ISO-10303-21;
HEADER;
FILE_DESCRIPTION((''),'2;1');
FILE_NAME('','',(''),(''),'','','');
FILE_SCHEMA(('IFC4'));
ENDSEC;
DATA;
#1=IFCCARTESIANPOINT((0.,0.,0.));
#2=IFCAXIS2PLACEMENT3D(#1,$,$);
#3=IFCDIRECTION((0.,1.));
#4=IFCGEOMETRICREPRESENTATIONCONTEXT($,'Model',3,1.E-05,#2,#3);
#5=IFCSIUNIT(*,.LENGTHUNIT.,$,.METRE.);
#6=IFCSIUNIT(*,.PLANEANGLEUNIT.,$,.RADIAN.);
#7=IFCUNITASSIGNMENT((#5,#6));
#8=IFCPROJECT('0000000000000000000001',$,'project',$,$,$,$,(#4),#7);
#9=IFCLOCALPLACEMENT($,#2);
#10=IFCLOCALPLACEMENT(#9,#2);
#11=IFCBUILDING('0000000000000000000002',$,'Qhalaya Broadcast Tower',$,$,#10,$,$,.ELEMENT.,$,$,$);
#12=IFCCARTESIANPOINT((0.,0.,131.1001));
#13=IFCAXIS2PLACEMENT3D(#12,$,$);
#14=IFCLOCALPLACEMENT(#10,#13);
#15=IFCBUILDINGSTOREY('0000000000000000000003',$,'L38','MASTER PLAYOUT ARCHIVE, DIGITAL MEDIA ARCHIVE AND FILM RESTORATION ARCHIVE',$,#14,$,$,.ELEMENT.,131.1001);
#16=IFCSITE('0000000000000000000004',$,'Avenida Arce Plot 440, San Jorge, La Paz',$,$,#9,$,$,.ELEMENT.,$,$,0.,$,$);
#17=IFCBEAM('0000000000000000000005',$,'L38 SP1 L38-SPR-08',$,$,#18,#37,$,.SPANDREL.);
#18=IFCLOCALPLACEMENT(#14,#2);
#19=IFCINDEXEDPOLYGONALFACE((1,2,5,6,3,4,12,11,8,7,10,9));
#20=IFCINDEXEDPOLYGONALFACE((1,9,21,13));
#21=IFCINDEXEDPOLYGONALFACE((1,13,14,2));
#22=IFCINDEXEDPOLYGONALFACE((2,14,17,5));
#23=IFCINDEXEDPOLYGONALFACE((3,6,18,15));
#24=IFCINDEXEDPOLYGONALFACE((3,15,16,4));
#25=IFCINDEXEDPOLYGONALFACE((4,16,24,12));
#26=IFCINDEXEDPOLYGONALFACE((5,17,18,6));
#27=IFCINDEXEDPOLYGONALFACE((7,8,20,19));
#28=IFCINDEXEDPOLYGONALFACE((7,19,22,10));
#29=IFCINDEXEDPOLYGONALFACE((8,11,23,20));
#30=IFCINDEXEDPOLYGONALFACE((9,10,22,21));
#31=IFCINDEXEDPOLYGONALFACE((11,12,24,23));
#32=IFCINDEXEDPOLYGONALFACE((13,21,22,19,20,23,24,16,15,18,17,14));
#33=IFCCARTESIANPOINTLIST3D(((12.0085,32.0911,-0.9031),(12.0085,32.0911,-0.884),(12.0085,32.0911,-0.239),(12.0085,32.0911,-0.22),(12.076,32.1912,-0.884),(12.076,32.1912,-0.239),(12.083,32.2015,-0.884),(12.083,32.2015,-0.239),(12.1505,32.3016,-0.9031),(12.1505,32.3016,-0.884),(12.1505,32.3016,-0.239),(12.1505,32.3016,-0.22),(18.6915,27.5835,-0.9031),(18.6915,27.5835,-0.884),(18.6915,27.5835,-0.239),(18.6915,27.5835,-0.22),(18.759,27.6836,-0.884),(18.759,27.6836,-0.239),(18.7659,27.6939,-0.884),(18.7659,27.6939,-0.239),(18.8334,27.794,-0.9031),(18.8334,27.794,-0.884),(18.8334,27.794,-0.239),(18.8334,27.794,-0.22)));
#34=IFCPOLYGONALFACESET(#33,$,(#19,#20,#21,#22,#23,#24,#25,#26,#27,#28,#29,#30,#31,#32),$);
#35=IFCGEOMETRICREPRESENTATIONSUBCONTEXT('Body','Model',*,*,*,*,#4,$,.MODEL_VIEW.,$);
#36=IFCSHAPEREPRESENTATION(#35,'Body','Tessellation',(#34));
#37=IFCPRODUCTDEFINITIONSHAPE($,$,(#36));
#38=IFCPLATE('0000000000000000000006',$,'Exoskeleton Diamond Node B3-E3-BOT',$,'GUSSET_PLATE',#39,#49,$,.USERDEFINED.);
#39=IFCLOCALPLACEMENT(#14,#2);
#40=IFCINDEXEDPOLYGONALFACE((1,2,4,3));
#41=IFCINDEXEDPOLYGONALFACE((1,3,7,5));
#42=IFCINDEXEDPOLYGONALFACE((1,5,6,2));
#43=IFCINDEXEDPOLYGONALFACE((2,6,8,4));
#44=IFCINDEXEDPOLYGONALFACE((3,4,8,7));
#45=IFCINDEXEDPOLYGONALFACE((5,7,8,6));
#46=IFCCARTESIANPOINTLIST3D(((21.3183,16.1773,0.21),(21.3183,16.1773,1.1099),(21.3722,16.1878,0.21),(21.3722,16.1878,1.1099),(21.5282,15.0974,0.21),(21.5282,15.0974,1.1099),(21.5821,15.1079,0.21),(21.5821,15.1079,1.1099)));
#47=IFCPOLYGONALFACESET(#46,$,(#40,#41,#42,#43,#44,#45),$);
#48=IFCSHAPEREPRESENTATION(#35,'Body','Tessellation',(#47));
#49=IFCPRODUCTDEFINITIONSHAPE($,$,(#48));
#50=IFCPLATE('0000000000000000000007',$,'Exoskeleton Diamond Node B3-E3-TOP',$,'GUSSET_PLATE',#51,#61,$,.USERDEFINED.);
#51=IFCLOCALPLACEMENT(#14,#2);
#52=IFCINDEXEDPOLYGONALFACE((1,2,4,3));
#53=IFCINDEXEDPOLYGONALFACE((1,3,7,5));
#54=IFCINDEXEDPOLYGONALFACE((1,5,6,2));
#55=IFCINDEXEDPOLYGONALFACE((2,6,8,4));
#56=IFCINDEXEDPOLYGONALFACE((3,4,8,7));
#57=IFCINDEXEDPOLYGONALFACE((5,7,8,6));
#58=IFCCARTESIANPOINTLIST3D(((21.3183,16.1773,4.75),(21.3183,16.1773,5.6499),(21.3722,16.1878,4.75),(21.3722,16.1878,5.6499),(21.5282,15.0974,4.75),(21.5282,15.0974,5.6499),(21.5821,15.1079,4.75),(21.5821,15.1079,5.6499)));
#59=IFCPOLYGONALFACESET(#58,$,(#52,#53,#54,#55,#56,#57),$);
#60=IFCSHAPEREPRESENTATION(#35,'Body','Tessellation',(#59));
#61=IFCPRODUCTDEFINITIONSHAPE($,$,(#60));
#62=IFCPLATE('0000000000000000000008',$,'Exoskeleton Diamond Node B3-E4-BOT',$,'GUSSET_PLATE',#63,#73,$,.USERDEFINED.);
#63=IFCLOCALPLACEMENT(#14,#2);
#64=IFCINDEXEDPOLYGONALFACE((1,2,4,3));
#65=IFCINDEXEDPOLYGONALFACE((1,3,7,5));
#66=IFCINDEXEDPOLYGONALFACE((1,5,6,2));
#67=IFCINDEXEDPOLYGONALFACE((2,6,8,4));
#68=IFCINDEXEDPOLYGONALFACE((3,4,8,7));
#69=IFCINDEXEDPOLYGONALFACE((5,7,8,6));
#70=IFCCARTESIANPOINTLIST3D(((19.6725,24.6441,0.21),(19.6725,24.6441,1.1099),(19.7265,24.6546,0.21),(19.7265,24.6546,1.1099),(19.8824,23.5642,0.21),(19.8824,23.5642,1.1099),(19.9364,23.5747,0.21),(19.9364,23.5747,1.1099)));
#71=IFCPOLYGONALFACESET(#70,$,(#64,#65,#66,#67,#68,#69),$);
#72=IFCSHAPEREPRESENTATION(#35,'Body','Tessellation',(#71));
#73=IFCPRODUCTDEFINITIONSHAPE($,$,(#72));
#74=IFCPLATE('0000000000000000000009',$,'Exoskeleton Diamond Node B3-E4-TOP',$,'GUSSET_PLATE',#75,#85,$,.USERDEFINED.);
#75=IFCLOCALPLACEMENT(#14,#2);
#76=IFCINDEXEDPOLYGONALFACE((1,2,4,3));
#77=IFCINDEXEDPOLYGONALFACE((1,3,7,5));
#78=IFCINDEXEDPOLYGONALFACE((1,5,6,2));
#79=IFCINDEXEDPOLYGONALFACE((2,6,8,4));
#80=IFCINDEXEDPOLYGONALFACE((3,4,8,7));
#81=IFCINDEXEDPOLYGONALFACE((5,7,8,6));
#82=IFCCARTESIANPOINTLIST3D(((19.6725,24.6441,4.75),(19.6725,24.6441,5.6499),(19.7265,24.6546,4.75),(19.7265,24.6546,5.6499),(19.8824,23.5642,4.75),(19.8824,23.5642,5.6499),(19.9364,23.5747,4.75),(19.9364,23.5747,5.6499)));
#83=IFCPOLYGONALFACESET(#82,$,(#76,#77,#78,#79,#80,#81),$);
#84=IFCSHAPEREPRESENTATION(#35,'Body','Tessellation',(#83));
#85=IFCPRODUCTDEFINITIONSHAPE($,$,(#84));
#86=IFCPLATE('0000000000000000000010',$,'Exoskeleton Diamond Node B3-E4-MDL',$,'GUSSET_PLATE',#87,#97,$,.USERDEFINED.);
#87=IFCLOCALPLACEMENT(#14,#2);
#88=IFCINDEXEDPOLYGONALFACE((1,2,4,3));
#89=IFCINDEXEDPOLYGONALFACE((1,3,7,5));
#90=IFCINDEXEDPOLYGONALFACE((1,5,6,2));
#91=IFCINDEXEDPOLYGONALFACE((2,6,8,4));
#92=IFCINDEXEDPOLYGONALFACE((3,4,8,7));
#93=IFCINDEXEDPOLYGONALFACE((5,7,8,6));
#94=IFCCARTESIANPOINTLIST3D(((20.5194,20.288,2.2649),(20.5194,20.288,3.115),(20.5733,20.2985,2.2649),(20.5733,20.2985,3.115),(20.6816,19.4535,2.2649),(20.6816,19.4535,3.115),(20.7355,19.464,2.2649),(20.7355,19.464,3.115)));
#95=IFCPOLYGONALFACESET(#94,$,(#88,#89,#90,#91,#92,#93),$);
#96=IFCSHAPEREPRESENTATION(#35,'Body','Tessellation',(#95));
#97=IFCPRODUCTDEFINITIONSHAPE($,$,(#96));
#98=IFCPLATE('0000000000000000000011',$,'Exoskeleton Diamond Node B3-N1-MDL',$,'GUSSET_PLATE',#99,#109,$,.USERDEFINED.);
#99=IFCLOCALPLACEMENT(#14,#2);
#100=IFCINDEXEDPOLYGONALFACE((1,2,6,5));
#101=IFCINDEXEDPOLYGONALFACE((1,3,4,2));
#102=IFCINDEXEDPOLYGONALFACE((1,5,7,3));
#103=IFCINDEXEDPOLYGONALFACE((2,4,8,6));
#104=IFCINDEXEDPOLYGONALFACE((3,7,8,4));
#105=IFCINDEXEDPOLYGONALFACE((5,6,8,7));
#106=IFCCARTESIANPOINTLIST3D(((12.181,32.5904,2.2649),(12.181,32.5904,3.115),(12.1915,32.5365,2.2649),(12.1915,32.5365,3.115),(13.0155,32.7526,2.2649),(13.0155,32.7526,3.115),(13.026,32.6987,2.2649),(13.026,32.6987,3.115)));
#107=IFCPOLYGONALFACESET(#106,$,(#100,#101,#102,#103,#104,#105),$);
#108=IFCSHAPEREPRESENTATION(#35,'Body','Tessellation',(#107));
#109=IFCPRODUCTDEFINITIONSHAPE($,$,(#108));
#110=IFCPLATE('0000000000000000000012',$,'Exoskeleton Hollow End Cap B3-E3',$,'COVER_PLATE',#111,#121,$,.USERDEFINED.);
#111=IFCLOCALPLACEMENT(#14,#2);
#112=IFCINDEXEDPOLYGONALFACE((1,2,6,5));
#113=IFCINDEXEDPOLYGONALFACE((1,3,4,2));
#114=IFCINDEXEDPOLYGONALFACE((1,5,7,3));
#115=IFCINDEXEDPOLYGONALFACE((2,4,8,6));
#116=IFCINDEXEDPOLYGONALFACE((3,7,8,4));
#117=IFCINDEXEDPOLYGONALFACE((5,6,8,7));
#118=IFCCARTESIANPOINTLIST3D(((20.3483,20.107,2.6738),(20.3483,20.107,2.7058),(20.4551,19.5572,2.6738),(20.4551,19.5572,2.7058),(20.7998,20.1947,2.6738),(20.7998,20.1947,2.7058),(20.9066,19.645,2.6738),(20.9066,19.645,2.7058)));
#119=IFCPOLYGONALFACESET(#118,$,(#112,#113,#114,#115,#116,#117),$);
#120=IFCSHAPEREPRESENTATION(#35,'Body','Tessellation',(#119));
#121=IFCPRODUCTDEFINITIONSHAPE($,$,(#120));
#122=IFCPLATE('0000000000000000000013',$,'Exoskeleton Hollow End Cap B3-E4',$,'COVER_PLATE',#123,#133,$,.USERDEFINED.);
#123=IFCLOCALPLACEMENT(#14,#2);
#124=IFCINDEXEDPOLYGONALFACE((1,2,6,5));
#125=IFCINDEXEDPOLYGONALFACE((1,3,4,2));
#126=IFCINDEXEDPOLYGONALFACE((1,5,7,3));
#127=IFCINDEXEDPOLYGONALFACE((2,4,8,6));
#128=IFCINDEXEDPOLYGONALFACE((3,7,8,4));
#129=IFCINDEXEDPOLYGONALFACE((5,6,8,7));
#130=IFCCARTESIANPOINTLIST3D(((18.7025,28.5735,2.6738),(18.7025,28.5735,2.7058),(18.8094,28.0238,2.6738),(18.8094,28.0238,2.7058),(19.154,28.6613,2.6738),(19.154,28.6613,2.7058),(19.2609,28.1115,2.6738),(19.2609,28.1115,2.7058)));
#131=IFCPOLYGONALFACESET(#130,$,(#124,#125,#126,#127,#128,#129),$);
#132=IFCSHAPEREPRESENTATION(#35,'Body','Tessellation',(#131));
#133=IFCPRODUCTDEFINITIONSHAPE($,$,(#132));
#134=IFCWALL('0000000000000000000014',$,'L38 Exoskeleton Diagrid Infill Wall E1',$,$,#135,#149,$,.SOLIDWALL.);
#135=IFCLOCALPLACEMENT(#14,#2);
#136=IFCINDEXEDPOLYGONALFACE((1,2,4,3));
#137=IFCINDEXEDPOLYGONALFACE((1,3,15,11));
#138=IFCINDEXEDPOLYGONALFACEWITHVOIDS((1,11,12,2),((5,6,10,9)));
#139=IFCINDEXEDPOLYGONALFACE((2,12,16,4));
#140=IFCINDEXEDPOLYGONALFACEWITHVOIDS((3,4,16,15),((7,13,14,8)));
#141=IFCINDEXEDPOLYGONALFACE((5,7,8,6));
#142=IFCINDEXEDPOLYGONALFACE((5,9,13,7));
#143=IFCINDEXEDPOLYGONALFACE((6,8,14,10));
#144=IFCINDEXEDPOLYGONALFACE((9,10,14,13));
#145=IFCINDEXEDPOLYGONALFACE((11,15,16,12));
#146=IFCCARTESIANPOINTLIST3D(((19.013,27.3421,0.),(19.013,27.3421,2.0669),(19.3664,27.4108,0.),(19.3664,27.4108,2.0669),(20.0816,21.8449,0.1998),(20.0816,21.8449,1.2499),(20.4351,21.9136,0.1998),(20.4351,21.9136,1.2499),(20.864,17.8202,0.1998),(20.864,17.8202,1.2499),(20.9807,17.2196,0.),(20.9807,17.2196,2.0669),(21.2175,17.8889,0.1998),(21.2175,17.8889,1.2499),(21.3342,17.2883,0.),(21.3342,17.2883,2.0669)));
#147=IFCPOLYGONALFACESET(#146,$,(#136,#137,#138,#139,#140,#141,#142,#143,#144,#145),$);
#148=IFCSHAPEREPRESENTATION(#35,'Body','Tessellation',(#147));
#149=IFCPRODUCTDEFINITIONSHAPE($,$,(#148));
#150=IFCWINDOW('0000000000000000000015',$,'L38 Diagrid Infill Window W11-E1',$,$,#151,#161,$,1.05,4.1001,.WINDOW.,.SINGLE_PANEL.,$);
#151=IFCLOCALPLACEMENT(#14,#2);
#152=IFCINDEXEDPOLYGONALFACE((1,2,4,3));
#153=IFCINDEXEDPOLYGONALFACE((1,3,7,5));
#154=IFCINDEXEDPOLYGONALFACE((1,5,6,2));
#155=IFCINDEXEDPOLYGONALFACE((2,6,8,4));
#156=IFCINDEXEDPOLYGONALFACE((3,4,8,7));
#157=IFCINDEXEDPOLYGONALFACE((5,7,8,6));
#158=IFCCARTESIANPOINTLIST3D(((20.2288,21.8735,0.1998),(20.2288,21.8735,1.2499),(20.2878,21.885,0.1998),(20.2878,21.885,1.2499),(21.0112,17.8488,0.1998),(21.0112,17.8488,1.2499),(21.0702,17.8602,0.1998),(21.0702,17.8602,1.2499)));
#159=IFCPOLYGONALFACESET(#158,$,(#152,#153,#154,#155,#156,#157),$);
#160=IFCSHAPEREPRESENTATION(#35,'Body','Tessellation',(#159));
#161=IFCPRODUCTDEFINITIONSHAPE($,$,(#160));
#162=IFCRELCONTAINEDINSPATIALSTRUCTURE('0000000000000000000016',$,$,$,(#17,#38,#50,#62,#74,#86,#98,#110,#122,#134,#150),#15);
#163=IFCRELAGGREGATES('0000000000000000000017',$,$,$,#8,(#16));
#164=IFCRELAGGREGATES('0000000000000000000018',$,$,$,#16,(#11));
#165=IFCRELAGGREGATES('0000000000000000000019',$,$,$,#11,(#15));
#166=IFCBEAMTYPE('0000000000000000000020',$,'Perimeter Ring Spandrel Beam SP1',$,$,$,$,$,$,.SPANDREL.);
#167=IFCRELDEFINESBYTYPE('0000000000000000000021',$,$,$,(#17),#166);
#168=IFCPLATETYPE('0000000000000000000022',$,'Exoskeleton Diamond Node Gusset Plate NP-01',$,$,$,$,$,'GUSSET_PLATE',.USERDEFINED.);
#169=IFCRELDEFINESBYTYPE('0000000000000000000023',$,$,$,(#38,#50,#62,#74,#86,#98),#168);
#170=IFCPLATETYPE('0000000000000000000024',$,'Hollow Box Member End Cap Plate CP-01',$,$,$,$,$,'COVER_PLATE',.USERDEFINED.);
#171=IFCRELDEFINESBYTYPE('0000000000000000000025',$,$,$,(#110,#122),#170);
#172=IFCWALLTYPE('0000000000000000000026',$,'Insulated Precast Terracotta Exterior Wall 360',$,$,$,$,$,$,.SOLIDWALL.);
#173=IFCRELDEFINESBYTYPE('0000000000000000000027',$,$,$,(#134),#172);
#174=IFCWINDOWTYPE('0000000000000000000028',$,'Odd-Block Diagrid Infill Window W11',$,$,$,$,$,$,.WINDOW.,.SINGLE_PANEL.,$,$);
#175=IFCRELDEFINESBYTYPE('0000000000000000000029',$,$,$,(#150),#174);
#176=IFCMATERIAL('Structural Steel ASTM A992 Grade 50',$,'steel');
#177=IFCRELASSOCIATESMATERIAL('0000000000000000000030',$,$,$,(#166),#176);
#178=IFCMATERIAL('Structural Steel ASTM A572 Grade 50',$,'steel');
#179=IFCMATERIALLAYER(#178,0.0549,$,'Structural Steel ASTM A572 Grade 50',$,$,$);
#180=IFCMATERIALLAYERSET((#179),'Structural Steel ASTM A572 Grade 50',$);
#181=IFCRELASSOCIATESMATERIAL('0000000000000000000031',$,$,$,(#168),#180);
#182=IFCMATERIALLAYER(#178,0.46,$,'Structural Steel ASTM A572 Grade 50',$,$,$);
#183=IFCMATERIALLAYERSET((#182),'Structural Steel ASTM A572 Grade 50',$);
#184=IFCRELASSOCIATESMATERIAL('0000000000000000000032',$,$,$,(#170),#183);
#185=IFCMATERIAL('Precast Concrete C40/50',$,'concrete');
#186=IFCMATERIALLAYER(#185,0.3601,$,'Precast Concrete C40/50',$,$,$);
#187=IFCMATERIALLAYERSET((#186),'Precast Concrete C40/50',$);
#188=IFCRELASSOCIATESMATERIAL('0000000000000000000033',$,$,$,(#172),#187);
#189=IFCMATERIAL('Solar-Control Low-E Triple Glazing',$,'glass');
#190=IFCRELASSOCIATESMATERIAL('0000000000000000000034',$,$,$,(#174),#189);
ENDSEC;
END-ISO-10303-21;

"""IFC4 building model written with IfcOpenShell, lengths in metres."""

from ifc_helpers import new_model, si_unit, direction, frame, frame_2d, origin, origin_2d, place, context, subcontext, project, spatial, rectangle, i_section, extrude, material, layer, layer_set, material_profile, profile_set, type_object, element, fill, save


model = new_model("IFC4")

# Units and contexts
model_context = context("Model", 3, precision=1e-05, world=origin(), true_north=direction((0.0, 1.0)))
body_context = subcontext(model_context, "Body", "Model", "MODEL_VIEW")
ifc_project = project(units=[si_unit("LENGTHUNIT", "METRE"), si_unit("PLANEANGLEUNIT", "RADIAN")], contexts=[model_context])

# Site, building, storey
site_placement = place(None, origin())
site = spatial("IfcSite", under=ifc_project, at=site_placement, Name="Avenida Arce Plot 440, San Jorge, La Paz", CompositionType="ELEMENT", RefElevation=0.0)
building_placement = place(site_placement, origin())
building = spatial("IfcBuilding", under=site, at=building_placement, Name="Qhalaya Broadcast Tower", CompositionType="ELEMENT")
storey_placement = place(building_placement, frame((0.0, 0.0, 131.1001)))
storey = spatial("IfcBuildingStorey", under=building, at=storey_placement, Name="L38", Description="MASTER PLAYOUT ARCHIVE, DIGITAL MEDIA ARCHIVE AND FILM RESTORATION ARCHIVE", CompositionType="ELEMENT", Elevation=131.1001)

# Shared definitions
ifc_material_1 = material(Name="Structural Steel ASTM A572 Grade 50", Category="steel")

# Beam
ifc_material_2 = material(Name="Structural Steel ASTM A992 Grade 50", Category="steel")
ifc_material_profile_1 = material_profile(ifc_material_2, i_section(OverallWidth=0.2539, OverallDepth=0.6831, WebThickness=0.0125, FlangeThickness=0.019, at=origin_2d()), Name="W27X94")
ifc_profile_set_1 = profile_set([ifc_material_profile_1], Name="Structural Steel ASTM A992 Grade 50")
beam_type = type_object("IfcBeamType", Name="Perimeter Ring Spandrel Beam SP1", PredefinedType="SPANDREL", material=ifc_profile_set_1)
beam_1_placement = place(storey_placement, frame((18.7625, 27.6887, -0.5615), z_axis=(-0.829042, 0.559186, 0.0), x_axis=(-0.559186, -0.829042, 0.0)))
element("IfcBeam", 1, at=beam_1_placement, inside=storey, type_object=beam_type, Name="L38 SP1 L38-SPR-08", PredefinedType="SPANDREL", context=body_context, shape_type="SweptSolid", body=[
    extrude(i_section(OverallWidth=0.2539, OverallDepth=0.6831, WebThickness=0.0125, FlangeThickness=0.019, at=origin_2d()), origin(), (0.0, 0.0, 1.0), 8.061),
])

# Plates
ifc_layer_1 = layer(ifc_material_1, 0.0549, Name="Structural Steel ASTM A572 Grade 50")
ifc_layer_set_1 = layer_set([ifc_layer_1], Name="Structural Steel ASTM A572 Grade 50")
plate_type_1 = type_object("IfcPlateType", Name="Exoskeleton Diamond Node Gusset Plate NP-01", ElementType="GUSSET_PLATE", PredefinedType="USERDEFINED", material=ifc_layer_set_1)
for number, where, z_axis, x_axis, name in (
    (2, (21.4502, 15.6426, 0.21), (0.0, 0.0, 1.0), (-0.190809, 0.981627, 0.0), "Exoskeleton Diamond Node B3-E3-BOT"),
    (3, (21.4502, 15.6426, 4.75), (0.0, 0.0, 1.0), (-0.190809, 0.981627, 0.0), "Exoskeleton Diamond Node B3-E3-TOP"),
    (4, (19.8044, 24.1094, 0.21), (0.0, 0.0, 1.0), (-0.190809, 0.981627, 0.0), "Exoskeleton Diamond Node B3-E4-BOT"),
    (5, (19.8044, 24.1094, 4.75), (0.0, 0.0, 1.0), (-0.190809, 0.981627, 0.0), "Exoskeleton Diamond Node B3-E4-TOP"),
):
    element("IfcPlate", number, at=place(storey_placement, frame(where, z_axis=z_axis, x_axis=x_axis)), inside=storey, type_object=plate_type_1, Name=name, ObjectType="GUSSET_PLATE", PredefinedType="USERDEFINED", context=body_context, shape_type="SweptSolid", body=[
        extrude(rectangle(XDim=1.1001, YDim=0.0549, at=origin_2d()), origin(), (0.0, 0.0, 1.0), 0.8999),
    ])
for number, where, z_axis, x_axis, name in (
    (6, (20.6274, 19.876, 2.2649), (0.0, 0.0, 1.0), (-0.190809, 0.981627, 0.0), "Exoskeleton Diamond Node B3-E4-MDL"),
    (7, (12.6035, 32.6445, 2.2649), (0.0, 0.0, 1.0), (0.981627, 0.190809, 0.0), "Exoskeleton Diamond Node B3-N1-MDL"),
):
    element("IfcPlate", number, at=place(storey_placement, frame(where, z_axis=z_axis, x_axis=x_axis)), inside=storey, type_object=plate_type_1, Name=name, ObjectType="GUSSET_PLATE", PredefinedType="USERDEFINED", context=body_context, shape_type="SweptSolid", body=[
        extrude(rectangle(XDim=0.8501, YDim=0.0549, at=origin_2d()), origin(), (0.0, 0.0, 1.0), 0.8501),
    ])
ifc_layer_2 = layer(ifc_material_1, 0.46, Name="Structural Steel ASTM A572 Grade 50")
ifc_layer_set_2 = layer_set([ifc_layer_2], Name="Structural Steel ASTM A572 Grade 50")
plate_type_2 = type_object("IfcPlateType", Name="Hollow Box Member End Cap Plate CP-01", ElementType="COVER_PLATE", PredefinedType="USERDEFINED", material=ifc_layer_set_2)
for number, where, z_axis, x_axis, name in (
    (8, (20.6274, 19.876, 2.6738), (0.0, 0.0, 1.0), (-0.190809, 0.981627, 0.0), "Exoskeleton Hollow End Cap B3-E3"),
    (9, (18.9817, 28.3425, 2.6738), (0.0, 0.0, 1.0), (-0.190809, 0.981627, 0.0), "Exoskeleton Hollow End Cap B3-E4"),
):
    element("IfcPlate", number, at=place(storey_placement, frame(where, z_axis=z_axis, x_axis=x_axis)), inside=storey, type_object=plate_type_2, Name=name, ObjectType="COVER_PLATE", PredefinedType="USERDEFINED", context=body_context, shape_type="SweptSolid", body=[
        extrude(rectangle(XDim=0.5601, YDim=0.46, at=origin_2d()), origin(), (0.0, 0.0, 1.0), 0.032),
    ])

# Wall, opening, window
ifc_material_3 = material(Name="Precast Concrete C40/50", Category="concrete")
ifc_layer_3 = layer(ifc_material_3, 0.3601, Name="Precast Concrete C40/50")
ifc_layer_set_3 = layer_set([ifc_layer_3], Name="Precast Concrete C40/50")
wall_type = type_object("IfcWallType", Name="Insulated Precast Terracotta Exterior Wall 360", PredefinedType="SOLIDWALL", material=ifc_layer_set_3)
wall_1_placement = place(storey_placement, frame((19.1897, 27.3765, 0.0), z_axis=(0.0, 0.0, 1.0), x_axis=(0.190823, -0.981625, 0.0)))
wall_1 = element("IfcWall", 10, at=wall_1_placement, inside=storey, type_object=wall_type, Name="L38 Exoskeleton Diagrid Infill Wall E1", PredefinedType="SOLIDWALL", context=body_context, shape_type="SweptSolid", body=[
    extrude(rectangle(XDim=10.312, YDim=0.3601, at=frame_2d((5.156, 0.0))), origin(), (0.0, 0.0, 1.0), 2.0669),
])
opening_1_placement = place(wall_1_placement, frame((5.6001, 0.0, 0.2)))
opening_1 = element("IfcOpeningElement", 11, at=opening_1_placement, cuts=wall_1, PredefinedType="OPENING", context=body_context, shape_type="SweptSolid", body=[
    extrude(rectangle(XDim=4.1001, YDim=1.05, at=frame_2d((2.05, 0.5249))), frame((0.0, 0.1921, 0.0), z_axis=(0.0, -1.0, 0.0), x_axis=(1.0, 0.0, 0.0)), (0.0, 0.0, 1.0), 0.384),
])
ifc_material_4 = material(Name="Solar-Control Low-E Triple Glazing", Category="glass")
window_type = type_object("IfcWindowType", Name="Odd-Block Diagrid Infill Window W11", PartitioningType="SINGLE_PANEL", PredefinedType="WINDOW", material=ifc_material_4)
window_1_placement = place(opening_1_placement, origin())
window_1 = element("IfcWindow", 12, at=window_1_placement, inside=storey, type_object=window_type, Name="L38 Diagrid Infill Window W11-E1", OverallHeight=1.05, OverallWidth=4.1001, PartitioningType="SINGLE_PANEL", PredefinedType="WINDOW", context=body_context, shape_type="SweptSolid", body=[
    extrude(rectangle(XDim=4.1001, YDim=1.05, at=frame_2d((2.05, 0.5249))), frame((0.0, 0.03, 0.0), z_axis=(0.0, -1.0, 0.0), x_axis=(1.0, 0.0, 0.0)), (0.0, 0.0, 1.0), 0.0601),
])
fill(opening_1, window_1)

save(model, "model.ifc")
